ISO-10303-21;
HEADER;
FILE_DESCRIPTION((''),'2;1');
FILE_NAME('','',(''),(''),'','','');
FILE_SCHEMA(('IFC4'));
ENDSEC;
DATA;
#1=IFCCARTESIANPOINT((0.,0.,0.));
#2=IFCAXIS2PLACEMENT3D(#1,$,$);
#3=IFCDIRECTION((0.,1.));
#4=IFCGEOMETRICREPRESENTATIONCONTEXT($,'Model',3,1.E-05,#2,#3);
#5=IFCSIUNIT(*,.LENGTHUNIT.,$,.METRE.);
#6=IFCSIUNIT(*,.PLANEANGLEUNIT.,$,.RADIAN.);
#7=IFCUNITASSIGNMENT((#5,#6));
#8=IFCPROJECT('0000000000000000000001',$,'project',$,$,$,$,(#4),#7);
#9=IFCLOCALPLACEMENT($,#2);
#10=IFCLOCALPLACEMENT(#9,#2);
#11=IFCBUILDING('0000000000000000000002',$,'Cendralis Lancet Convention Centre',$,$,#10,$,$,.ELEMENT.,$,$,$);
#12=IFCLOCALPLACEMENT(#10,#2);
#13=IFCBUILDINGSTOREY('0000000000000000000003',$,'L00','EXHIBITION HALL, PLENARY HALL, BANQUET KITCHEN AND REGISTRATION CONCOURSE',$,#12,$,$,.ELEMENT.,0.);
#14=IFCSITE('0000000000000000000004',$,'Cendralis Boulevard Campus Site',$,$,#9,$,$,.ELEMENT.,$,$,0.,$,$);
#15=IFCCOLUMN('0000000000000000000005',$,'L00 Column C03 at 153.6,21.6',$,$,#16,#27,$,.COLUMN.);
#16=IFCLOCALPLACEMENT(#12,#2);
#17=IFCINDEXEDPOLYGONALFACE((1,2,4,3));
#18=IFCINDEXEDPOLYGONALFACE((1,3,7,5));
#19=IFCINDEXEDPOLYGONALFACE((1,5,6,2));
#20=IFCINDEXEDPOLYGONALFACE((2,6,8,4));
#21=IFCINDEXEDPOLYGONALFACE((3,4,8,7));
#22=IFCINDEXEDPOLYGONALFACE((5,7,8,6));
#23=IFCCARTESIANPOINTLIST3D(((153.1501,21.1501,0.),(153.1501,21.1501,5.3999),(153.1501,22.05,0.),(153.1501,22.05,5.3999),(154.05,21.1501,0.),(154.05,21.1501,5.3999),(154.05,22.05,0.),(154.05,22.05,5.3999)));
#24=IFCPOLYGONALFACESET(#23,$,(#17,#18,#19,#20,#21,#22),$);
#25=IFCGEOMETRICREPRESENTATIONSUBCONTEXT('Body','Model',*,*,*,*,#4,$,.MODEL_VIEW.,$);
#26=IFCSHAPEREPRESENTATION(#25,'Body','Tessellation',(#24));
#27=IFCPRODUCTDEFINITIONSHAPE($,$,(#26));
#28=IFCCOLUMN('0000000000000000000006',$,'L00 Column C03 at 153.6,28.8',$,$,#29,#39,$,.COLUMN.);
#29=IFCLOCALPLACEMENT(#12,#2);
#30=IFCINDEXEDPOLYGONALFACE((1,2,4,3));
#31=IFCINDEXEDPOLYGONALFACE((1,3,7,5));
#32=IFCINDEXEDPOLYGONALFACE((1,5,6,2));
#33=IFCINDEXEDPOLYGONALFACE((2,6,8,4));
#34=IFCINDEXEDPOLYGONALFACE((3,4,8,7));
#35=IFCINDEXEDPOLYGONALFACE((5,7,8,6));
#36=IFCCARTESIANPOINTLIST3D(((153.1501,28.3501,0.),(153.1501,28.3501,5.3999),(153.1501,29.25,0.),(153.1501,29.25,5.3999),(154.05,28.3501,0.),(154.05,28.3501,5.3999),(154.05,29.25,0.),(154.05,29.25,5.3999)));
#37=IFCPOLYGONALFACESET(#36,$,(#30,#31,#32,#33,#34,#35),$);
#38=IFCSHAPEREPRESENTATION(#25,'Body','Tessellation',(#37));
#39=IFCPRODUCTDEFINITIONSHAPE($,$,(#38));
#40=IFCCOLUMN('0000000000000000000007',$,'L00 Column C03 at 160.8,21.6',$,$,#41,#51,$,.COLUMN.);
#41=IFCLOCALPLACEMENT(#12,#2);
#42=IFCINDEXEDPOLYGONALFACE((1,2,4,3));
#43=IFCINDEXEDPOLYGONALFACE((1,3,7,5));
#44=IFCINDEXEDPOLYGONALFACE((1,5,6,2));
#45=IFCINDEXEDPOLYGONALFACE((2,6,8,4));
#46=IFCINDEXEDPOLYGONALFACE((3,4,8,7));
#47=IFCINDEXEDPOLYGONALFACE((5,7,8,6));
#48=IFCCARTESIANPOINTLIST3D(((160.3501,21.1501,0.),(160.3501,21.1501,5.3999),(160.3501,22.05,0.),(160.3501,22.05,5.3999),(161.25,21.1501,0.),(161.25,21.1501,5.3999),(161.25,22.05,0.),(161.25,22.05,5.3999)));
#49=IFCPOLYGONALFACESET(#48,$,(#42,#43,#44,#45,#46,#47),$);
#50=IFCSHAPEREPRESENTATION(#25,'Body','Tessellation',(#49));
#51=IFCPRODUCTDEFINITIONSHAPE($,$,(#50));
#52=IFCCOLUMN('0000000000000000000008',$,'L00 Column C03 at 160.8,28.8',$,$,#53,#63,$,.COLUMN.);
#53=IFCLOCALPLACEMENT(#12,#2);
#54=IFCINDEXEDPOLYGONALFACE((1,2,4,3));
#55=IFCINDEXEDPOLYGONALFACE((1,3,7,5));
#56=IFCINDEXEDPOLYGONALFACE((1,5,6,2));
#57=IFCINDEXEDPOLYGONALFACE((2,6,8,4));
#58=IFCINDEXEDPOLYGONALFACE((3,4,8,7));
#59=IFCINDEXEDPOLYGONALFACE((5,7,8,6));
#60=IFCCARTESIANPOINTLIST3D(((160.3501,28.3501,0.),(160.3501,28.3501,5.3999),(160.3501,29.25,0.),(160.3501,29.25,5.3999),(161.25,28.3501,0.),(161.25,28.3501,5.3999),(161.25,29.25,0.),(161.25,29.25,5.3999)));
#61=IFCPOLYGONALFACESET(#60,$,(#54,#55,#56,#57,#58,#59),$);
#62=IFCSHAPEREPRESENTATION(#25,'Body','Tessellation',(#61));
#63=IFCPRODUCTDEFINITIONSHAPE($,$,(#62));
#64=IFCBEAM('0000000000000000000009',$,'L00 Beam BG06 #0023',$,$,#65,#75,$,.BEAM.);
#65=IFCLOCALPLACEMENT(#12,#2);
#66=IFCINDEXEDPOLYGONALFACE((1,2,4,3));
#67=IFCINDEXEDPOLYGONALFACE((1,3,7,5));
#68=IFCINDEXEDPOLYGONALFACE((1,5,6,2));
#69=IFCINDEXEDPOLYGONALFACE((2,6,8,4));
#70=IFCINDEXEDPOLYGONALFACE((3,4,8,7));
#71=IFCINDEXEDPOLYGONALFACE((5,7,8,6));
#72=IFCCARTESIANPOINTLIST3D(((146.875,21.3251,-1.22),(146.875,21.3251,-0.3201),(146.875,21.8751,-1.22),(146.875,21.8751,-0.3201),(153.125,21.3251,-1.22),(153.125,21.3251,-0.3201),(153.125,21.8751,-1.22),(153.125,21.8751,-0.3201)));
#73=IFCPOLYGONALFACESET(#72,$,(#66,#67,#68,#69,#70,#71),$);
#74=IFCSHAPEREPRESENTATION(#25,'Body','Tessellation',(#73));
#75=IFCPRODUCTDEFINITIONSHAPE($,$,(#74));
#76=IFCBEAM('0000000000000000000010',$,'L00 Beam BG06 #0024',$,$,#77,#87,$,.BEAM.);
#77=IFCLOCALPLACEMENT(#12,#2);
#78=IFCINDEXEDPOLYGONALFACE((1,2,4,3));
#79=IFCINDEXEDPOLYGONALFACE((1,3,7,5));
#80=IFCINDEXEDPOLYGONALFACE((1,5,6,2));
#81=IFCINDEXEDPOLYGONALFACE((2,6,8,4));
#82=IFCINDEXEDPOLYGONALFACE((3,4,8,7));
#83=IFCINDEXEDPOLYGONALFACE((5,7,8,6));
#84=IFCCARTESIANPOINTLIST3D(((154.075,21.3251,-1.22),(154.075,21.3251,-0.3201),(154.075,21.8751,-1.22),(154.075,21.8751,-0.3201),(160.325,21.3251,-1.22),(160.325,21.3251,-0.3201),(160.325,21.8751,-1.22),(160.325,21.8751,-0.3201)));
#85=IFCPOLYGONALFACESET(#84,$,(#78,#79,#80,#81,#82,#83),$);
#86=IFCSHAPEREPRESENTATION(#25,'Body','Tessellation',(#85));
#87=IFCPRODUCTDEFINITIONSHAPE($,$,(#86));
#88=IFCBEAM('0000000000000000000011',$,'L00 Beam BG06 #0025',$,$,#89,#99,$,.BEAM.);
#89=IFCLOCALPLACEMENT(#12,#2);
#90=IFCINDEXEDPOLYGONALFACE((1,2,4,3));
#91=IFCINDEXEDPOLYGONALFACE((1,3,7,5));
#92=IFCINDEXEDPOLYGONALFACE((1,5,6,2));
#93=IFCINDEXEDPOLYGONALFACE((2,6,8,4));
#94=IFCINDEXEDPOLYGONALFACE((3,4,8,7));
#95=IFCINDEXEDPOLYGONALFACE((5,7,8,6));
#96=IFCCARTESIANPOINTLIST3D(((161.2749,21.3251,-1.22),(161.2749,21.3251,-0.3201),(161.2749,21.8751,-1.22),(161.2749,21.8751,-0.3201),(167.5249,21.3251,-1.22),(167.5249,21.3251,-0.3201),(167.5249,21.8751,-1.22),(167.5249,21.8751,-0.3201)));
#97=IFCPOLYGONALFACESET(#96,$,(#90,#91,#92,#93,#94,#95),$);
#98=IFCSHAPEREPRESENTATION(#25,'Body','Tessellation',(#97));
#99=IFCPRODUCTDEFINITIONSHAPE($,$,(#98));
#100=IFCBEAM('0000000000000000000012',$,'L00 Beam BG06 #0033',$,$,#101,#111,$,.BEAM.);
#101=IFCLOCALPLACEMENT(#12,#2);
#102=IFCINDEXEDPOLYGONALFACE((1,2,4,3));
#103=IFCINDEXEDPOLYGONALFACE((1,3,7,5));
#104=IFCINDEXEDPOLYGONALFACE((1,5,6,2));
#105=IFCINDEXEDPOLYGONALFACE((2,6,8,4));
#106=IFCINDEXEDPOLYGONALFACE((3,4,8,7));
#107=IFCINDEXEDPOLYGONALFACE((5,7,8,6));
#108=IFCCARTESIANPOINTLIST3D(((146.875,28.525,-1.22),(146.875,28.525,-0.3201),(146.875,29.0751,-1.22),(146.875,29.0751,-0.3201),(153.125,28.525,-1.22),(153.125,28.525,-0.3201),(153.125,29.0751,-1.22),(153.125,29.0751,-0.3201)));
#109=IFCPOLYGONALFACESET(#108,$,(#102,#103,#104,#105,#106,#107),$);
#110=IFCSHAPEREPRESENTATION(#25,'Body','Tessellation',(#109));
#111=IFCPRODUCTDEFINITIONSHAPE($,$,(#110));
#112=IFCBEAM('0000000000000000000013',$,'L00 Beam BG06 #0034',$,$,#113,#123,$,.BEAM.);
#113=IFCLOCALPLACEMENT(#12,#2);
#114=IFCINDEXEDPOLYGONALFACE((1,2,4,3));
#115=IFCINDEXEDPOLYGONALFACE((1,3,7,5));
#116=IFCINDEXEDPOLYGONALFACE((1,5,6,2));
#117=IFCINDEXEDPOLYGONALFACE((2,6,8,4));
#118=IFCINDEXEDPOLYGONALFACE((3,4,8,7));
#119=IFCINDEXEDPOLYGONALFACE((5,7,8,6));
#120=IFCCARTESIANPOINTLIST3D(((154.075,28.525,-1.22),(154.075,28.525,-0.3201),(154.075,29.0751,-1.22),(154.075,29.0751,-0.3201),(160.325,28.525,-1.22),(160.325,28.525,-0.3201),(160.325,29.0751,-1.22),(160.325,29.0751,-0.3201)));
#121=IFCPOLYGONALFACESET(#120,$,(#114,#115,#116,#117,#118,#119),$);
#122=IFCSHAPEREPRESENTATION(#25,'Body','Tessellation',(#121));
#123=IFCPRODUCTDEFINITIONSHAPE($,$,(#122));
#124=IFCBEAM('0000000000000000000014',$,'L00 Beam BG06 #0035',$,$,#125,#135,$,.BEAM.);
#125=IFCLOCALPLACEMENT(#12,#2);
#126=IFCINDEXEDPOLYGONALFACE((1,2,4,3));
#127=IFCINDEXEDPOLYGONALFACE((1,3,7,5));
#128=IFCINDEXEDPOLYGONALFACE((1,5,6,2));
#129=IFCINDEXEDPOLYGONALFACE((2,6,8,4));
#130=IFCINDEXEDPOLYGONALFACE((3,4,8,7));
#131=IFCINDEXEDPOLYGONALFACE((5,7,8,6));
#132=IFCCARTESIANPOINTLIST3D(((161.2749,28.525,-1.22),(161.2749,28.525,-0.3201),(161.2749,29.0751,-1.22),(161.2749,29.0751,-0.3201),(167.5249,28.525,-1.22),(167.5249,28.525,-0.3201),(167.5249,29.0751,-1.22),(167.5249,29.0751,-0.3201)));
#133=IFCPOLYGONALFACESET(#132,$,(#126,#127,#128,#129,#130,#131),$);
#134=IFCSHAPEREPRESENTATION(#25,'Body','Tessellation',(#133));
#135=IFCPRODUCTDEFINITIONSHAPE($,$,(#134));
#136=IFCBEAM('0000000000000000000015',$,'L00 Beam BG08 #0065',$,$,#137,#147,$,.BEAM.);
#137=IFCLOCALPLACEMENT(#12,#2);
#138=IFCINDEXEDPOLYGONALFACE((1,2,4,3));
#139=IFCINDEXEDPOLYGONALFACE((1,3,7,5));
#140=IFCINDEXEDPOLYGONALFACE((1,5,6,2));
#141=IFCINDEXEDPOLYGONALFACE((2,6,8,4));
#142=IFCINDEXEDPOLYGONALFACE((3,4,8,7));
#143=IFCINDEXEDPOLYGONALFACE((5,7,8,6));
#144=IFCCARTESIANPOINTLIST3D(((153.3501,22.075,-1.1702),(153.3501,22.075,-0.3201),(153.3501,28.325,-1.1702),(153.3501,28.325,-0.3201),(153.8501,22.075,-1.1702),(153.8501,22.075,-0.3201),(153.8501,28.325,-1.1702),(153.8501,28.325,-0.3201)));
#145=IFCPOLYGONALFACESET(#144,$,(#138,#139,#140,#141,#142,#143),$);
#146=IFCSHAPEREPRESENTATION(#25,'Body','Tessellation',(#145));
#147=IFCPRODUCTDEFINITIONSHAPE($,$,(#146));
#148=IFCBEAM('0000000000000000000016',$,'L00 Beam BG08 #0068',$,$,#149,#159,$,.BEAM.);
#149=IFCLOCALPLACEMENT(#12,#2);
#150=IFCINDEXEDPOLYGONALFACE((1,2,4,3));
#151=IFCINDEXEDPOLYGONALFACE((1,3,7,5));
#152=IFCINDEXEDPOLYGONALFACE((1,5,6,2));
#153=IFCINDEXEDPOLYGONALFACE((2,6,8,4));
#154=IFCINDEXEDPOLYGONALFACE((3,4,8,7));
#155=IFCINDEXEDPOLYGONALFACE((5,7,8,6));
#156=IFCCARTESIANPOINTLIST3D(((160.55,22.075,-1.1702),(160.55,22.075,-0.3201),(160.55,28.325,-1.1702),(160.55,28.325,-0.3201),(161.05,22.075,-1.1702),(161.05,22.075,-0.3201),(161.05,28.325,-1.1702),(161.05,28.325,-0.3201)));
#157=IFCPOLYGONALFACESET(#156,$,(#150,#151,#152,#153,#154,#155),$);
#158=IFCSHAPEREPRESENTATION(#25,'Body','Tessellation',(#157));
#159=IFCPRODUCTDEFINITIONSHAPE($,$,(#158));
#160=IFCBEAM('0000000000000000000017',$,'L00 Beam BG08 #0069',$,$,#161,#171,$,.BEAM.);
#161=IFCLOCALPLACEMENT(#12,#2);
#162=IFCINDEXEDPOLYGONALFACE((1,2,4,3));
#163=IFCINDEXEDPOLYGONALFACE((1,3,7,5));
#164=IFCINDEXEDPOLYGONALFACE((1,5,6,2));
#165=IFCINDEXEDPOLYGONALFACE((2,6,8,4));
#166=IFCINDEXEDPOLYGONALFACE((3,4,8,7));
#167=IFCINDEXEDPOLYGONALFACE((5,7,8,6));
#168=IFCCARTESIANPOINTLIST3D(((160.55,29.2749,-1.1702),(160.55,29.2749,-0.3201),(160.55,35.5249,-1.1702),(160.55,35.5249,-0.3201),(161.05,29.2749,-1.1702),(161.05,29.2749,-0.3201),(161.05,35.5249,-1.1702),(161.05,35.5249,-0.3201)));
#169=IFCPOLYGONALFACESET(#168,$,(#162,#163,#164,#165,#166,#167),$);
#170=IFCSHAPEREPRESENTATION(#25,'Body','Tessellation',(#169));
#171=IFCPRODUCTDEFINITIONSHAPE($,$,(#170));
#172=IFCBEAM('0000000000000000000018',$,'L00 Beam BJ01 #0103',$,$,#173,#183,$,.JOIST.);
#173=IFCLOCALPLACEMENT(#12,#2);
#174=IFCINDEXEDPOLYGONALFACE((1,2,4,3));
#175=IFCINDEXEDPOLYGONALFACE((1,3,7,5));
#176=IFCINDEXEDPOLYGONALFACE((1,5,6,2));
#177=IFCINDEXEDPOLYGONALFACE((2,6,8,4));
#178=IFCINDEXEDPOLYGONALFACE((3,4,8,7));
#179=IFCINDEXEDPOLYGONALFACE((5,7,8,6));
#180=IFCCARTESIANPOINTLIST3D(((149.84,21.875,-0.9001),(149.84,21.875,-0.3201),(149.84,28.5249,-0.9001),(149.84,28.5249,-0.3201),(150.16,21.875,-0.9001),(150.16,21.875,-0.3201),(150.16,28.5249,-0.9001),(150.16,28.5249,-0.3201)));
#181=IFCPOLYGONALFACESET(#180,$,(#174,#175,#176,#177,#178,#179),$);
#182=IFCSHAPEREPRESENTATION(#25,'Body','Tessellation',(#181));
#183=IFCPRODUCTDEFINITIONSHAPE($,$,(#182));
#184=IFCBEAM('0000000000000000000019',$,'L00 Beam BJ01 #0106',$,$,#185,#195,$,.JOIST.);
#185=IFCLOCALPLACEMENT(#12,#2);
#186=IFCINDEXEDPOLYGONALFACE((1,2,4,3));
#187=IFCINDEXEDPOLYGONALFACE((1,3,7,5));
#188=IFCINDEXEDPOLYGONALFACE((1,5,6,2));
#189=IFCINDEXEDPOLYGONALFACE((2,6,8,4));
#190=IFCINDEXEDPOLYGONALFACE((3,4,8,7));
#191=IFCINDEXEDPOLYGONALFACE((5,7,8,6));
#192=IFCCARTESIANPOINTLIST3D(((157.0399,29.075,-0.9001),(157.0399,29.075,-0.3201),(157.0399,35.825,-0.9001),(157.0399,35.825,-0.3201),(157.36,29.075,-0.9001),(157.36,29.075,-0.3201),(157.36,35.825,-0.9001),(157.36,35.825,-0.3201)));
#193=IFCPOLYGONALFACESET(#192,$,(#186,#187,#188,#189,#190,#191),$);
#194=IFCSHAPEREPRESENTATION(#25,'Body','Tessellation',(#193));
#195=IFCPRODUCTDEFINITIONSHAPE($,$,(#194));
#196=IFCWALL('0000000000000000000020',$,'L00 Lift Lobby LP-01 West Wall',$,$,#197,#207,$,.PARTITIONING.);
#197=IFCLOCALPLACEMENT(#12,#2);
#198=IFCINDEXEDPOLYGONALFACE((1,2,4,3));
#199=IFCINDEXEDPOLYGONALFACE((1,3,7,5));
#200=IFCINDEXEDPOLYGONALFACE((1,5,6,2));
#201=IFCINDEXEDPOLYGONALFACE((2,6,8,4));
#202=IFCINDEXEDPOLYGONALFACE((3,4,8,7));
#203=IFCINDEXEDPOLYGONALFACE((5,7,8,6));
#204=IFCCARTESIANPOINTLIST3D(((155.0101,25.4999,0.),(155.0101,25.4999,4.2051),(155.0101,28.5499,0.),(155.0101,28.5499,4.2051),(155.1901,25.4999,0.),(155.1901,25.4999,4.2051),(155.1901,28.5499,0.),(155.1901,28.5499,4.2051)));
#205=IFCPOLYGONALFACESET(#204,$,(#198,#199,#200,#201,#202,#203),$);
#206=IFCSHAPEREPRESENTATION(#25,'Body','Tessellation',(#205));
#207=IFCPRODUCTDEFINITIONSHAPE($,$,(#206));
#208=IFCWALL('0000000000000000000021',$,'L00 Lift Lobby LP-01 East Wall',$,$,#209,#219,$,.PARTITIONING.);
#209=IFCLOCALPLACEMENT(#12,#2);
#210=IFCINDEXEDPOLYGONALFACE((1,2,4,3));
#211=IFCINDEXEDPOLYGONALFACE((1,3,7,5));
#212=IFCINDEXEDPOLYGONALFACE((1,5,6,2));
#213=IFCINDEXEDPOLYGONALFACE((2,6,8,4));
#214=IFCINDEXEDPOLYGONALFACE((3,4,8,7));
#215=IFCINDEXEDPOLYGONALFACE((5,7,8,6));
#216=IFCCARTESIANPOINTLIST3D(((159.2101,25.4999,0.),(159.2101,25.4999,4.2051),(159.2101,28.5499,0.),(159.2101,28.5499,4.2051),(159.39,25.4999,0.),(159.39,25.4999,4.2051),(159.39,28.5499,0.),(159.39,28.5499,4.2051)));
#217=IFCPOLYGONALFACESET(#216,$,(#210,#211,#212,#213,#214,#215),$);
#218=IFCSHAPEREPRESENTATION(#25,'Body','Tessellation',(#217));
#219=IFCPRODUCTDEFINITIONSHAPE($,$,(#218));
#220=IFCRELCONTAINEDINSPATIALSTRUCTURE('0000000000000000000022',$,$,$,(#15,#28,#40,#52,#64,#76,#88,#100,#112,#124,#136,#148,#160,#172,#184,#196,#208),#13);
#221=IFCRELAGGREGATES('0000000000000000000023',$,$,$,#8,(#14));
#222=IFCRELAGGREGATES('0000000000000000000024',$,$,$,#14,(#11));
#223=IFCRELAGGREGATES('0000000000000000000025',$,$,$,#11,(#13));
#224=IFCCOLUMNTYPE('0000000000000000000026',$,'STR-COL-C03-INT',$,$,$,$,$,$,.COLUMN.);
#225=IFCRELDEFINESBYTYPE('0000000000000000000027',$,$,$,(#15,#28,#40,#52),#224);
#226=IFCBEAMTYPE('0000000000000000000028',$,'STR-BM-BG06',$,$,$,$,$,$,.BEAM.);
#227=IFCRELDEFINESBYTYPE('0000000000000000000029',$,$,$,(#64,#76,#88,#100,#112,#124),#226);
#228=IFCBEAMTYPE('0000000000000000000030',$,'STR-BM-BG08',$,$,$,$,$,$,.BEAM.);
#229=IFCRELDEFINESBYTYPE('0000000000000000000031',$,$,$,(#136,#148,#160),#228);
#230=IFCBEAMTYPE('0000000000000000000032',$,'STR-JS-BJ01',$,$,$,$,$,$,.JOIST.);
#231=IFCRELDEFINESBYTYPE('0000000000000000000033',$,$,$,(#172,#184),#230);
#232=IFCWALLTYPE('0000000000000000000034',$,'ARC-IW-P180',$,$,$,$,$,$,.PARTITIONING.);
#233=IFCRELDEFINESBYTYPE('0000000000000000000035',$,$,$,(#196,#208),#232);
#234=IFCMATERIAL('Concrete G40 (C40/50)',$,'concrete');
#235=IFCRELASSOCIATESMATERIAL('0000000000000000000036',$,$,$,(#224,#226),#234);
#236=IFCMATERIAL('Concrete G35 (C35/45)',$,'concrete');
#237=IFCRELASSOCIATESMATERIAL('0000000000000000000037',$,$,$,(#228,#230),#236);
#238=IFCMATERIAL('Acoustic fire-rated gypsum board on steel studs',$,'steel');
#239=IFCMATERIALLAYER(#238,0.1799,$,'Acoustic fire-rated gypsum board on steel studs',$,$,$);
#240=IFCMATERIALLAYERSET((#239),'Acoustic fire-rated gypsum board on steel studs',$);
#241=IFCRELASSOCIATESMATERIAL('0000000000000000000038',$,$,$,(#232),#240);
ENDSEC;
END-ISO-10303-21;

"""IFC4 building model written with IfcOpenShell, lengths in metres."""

from ifc_helpers import new_model, si_unit, direction, frame, frame_2d, origin, origin_2d, place, context, subcontext, project, spatial, rectangle, extrude, material, layer, layer_set, material_profile, profile_set, type_object, element, save


model = new_model("IFC4")

# Units and contexts
model_context = context("Model", 3, precision=1e-05, world=origin(), true_north=direction((0.0, 1.0)))
body_context = subcontext(model_context, "Body", "Model", "MODEL_VIEW")
ifc_project = project(units=[si_unit("LENGTHUNIT", "METRE"), si_unit("PLANEANGLEUNIT", "RADIAN")], contexts=[model_context])

# Site, building, storey
site_placement = place(None, origin())
site = spatial("IfcSite", under=ifc_project, at=site_placement, Name="Cendralis Boulevard Campus Site", CompositionType="ELEMENT", RefElevation=0.0)
building_placement = place(site_placement, origin())
building = spatial("IfcBuilding", under=site, at=building_placement, Name="Cendralis Lancet Convention Centre", CompositionType="ELEMENT")
storey_placement = place(building_placement, origin())
storey = spatial("IfcBuildingStorey", under=building, at=storey_placement, Name="L00", Description="EXHIBITION HALL, PLENARY HALL, BANQUET KITCHEN AND REGISTRATION CONCOURSE", CompositionType="ELEMENT", Elevation=0.0)

# Columns
ifc_material_1 = material(Name="Concrete G40 (C40/50)", Category="concrete")
ifc_material_profile_1 = material_profile(ifc_material_1, rectangle(XDim=0.8999, YDim=0.8999, at=origin_2d()), Name="RC 900x900")
ifc_profile_set_1 = profile_set([ifc_material_profile_1], Name="Concrete G40 (C40/50)")
column_type = type_object("IfcColumnType", Name="STR-COL-C03-INT", PredefinedType="COLUMN", material=ifc_profile_set_1)
for number, where, z_axis, x_axis, name in (
    (1, (153.6001, 21.6001, 0.0), (0.0, 0.0, 1.0), (1.0, 0.0, 0.0), "L00 Column C03 at 153.6,21.6"),
    (2, (153.6001, 28.8, 0.0), (0.0, 0.0, 1.0), (1.0, 0.0, 0.0), "L00 Column C03 at 153.6,28.8"),
    (3, (160.8, 21.6001, 0.0), (0.0, 0.0, 1.0), (1.0, 0.0, 0.0), "L00 Column C03 at 160.8,21.6"),
    (4, (160.8, 28.8, 0.0), (0.0, 0.0, 1.0), (1.0, 0.0, 0.0), "L00 Column C03 at 160.8,28.8"),
):
    element("IfcColumn", number, at=place(storey_placement, frame(where, z_axis=z_axis, x_axis=x_axis)), inside=storey, type_object=column_type, Name=name, PredefinedType="COLUMN", context=body_context, shape_type="SweptSolid", body=[
        extrude(rectangle(XDim=0.8999, YDim=0.8999, at=origin_2d()), origin(), (0.0, 0.0, 1.0), 5.3999),
    ])

# Beams
ifc_material_profile_2 = material_profile(ifc_material_1, rectangle(XDim=0.55, YDim=0.8999, at=origin_2d()), Name="RCB 550x900")
ifc_profile_set_2 = profile_set([ifc_material_profile_2], Name="Concrete G40 (C40/50)")
beam_type_1 = type_object("IfcBeamType", Name="STR-BM-BG06", PredefinedType="BEAM", material=ifc_profile_set_2)
for number, where, z_axis, x_axis, name in (
    (5, (146.875, 21.6001, -0.77), (1.0, 0.0, 0.0), (0.0, 1.0, 0.0), "L00 Beam BG06 #0023"),
    (6, (154.075, 21.6001, -0.77), (1.0, 0.0, 0.0), (0.0, 1.0, 0.0), "L00 Beam BG06 #0024"),
    (7, (161.2749, 21.6001, -0.77), (1.0, 0.0, 0.0), (0.0, 1.0, 0.0), "L00 Beam BG06 #0025"),
    (8, (146.875, 28.8, -0.77), (1.0, 0.0, 0.0), (0.0, 1.0, 0.0), "L00 Beam BG06 #0033"),
    (9, (154.075, 28.8, -0.77), (1.0, 0.0, 0.0), (0.0, 1.0, 0.0), "L00 Beam BG06 #0034"),
    (10, (161.2749, 28.8, -0.77), (1.0, 0.0, 0.0), (0.0, 1.0, 0.0), "L00 Beam BG06 #0035"),
):
    element("IfcBeam", number, at=place(storey_placement, frame(where, z_axis=z_axis, x_axis=x_axis)), inside=storey, type_object=beam_type_1, Name=name, PredefinedType="BEAM", context=body_context, shape_type="SweptSolid", body=[
        extrude(rectangle(XDim=0.55, YDim=0.8999, at=origin_2d()), origin(), (0.0, 0.0, 1.0), 6.25),
    ])
ifc_material_2 = material(Name="Concrete G35 (C35/45)", Category="concrete")
ifc_material_profile_3 = material_profile(ifc_material_2, rectangle(XDim=0.5, YDim=0.8501, at=origin_2d()), Name="RCB 500x850")
ifc_profile_set_3 = profile_set([ifc_material_profile_3], Name="Concrete G35 (C35/45)")
beam_type_2 = type_object("IfcBeamType", Name="STR-BM-BG08", PredefinedType="BEAM", material=ifc_profile_set_3)
for number, where, z_axis, x_axis, name in (
    (11, (153.6001, 22.075, -0.7451), (0.0, 1.0, 0.0), (-1.0, 0.0, 0.0), "L00 Beam BG08 #0065"),
    (12, (160.8, 22.075, -0.7451), (0.0, 1.0, 0.0), (-1.0, 0.0, 0.0), "L00 Beam BG08 #0068"),
    (13, (160.8, 29.2749, -0.7451), (0.0, 1.0, 0.0), (-1.0, 0.0, 0.0), "L00 Beam BG08 #0069"),
):
    element("IfcBeam", number, at=place(storey_placement, frame(where, z_axis=z_axis, x_axis=x_axis)), inside=storey, type_object=beam_type_2, Name=name, PredefinedType="BEAM", context=body_context, shape_type="SweptSolid", body=[
        extrude(rectangle(XDim=0.5, YDim=0.8501, at=origin_2d()), origin(), (0.0, 0.0, 1.0), 6.25),
    ])
ifc_material_profile_4 = material_profile(ifc_material_2, rectangle(XDim=0.3201, YDim=0.5801, at=origin_2d()), Name="RCB 320x580")
ifc_profile_set_4 = profile_set([ifc_material_profile_4], Name="Concrete G35 (C35/45)")
beam_type_3 = type_object("IfcBeamType", Name="STR-JS-BJ01", PredefinedType="JOIST", material=ifc_profile_set_4)
beam_1_placement = place(storey_placement, frame((150.0, 21.875, -0.6101), z_axis=(0.0, 1.0, 0.0), x_axis=(-1.0, 0.0, 0.0)))
element("IfcBeam", 14, at=beam_1_placement, inside=storey, type_object=beam_type_3, Name="L00 Beam BJ01 #0103", PredefinedType="JOIST", context=body_context, shape_type="SweptSolid", body=[
    extrude(rectangle(XDim=0.3201, YDim=0.5801, at=origin_2d()), origin(), (0.0, 0.0, 1.0), 6.6499),
])
beam_2_placement = place(storey_placement, frame((157.2, 29.075, -0.6101), z_axis=(0.0, 1.0, 0.0), x_axis=(-1.0, 0.0, 0.0)))
element("IfcBeam", 15, at=beam_2_placement, inside=storey, type_object=beam_type_3, Name="L00 Beam BJ01 #0106", PredefinedType="JOIST", context=body_context, shape_type="SweptSolid", body=[
    extrude(rectangle(XDim=0.3201, YDim=0.5801, at=origin_2d()), origin(), (0.0, 0.0, 1.0), 6.75),
])

# Shared definitions
ifc_material_3 = material(Name="Acoustic fire-rated gypsum board on steel studs", Category="steel")
ifc_layer_1 = layer(ifc_material_3, 0.1799, Name="Acoustic fire-rated gypsum board on steel studs")
ifc_layer_set_1 = layer_set([ifc_layer_1], Name="Acoustic fire-rated gypsum board on steel studs")
wall_type_1 = type_object("IfcWallType", Name="ARC-IW-P180", PredefinedType="PARTITIONING", material=ifc_layer_set_1)

# Walls
for number, where, z_axis, x_axis, name in (
    (16, (155.1001, 25.5, 0.0), (0.0, 0.0, 1.0), (0.0, 1.0, 0.0), "L00 Lift Lobby LP-01 West Wall"),
    (17, (159.3, 25.5, 0.0), (0.0, 0.0, 1.0), (0.0, 1.0, 0.0), "L00 Lift Lobby LP-01 East Wall"),
):
    element("IfcWall", number, at=place(storey_placement, frame(where, z_axis=z_axis, x_axis=x_axis)), inside=storey, type_object=wall_type_1, Name=name, PredefinedType="PARTITIONING", context=body_context, shape_type="SweptSolid", body=[
        extrude(rectangle(XDim=3.05, YDim=0.1799, at=frame_2d((1.5249, 0.0))), origin(), (0.0, 0.0, 1.0), 4.2051),
    ])

save(model, "model.ifc")
